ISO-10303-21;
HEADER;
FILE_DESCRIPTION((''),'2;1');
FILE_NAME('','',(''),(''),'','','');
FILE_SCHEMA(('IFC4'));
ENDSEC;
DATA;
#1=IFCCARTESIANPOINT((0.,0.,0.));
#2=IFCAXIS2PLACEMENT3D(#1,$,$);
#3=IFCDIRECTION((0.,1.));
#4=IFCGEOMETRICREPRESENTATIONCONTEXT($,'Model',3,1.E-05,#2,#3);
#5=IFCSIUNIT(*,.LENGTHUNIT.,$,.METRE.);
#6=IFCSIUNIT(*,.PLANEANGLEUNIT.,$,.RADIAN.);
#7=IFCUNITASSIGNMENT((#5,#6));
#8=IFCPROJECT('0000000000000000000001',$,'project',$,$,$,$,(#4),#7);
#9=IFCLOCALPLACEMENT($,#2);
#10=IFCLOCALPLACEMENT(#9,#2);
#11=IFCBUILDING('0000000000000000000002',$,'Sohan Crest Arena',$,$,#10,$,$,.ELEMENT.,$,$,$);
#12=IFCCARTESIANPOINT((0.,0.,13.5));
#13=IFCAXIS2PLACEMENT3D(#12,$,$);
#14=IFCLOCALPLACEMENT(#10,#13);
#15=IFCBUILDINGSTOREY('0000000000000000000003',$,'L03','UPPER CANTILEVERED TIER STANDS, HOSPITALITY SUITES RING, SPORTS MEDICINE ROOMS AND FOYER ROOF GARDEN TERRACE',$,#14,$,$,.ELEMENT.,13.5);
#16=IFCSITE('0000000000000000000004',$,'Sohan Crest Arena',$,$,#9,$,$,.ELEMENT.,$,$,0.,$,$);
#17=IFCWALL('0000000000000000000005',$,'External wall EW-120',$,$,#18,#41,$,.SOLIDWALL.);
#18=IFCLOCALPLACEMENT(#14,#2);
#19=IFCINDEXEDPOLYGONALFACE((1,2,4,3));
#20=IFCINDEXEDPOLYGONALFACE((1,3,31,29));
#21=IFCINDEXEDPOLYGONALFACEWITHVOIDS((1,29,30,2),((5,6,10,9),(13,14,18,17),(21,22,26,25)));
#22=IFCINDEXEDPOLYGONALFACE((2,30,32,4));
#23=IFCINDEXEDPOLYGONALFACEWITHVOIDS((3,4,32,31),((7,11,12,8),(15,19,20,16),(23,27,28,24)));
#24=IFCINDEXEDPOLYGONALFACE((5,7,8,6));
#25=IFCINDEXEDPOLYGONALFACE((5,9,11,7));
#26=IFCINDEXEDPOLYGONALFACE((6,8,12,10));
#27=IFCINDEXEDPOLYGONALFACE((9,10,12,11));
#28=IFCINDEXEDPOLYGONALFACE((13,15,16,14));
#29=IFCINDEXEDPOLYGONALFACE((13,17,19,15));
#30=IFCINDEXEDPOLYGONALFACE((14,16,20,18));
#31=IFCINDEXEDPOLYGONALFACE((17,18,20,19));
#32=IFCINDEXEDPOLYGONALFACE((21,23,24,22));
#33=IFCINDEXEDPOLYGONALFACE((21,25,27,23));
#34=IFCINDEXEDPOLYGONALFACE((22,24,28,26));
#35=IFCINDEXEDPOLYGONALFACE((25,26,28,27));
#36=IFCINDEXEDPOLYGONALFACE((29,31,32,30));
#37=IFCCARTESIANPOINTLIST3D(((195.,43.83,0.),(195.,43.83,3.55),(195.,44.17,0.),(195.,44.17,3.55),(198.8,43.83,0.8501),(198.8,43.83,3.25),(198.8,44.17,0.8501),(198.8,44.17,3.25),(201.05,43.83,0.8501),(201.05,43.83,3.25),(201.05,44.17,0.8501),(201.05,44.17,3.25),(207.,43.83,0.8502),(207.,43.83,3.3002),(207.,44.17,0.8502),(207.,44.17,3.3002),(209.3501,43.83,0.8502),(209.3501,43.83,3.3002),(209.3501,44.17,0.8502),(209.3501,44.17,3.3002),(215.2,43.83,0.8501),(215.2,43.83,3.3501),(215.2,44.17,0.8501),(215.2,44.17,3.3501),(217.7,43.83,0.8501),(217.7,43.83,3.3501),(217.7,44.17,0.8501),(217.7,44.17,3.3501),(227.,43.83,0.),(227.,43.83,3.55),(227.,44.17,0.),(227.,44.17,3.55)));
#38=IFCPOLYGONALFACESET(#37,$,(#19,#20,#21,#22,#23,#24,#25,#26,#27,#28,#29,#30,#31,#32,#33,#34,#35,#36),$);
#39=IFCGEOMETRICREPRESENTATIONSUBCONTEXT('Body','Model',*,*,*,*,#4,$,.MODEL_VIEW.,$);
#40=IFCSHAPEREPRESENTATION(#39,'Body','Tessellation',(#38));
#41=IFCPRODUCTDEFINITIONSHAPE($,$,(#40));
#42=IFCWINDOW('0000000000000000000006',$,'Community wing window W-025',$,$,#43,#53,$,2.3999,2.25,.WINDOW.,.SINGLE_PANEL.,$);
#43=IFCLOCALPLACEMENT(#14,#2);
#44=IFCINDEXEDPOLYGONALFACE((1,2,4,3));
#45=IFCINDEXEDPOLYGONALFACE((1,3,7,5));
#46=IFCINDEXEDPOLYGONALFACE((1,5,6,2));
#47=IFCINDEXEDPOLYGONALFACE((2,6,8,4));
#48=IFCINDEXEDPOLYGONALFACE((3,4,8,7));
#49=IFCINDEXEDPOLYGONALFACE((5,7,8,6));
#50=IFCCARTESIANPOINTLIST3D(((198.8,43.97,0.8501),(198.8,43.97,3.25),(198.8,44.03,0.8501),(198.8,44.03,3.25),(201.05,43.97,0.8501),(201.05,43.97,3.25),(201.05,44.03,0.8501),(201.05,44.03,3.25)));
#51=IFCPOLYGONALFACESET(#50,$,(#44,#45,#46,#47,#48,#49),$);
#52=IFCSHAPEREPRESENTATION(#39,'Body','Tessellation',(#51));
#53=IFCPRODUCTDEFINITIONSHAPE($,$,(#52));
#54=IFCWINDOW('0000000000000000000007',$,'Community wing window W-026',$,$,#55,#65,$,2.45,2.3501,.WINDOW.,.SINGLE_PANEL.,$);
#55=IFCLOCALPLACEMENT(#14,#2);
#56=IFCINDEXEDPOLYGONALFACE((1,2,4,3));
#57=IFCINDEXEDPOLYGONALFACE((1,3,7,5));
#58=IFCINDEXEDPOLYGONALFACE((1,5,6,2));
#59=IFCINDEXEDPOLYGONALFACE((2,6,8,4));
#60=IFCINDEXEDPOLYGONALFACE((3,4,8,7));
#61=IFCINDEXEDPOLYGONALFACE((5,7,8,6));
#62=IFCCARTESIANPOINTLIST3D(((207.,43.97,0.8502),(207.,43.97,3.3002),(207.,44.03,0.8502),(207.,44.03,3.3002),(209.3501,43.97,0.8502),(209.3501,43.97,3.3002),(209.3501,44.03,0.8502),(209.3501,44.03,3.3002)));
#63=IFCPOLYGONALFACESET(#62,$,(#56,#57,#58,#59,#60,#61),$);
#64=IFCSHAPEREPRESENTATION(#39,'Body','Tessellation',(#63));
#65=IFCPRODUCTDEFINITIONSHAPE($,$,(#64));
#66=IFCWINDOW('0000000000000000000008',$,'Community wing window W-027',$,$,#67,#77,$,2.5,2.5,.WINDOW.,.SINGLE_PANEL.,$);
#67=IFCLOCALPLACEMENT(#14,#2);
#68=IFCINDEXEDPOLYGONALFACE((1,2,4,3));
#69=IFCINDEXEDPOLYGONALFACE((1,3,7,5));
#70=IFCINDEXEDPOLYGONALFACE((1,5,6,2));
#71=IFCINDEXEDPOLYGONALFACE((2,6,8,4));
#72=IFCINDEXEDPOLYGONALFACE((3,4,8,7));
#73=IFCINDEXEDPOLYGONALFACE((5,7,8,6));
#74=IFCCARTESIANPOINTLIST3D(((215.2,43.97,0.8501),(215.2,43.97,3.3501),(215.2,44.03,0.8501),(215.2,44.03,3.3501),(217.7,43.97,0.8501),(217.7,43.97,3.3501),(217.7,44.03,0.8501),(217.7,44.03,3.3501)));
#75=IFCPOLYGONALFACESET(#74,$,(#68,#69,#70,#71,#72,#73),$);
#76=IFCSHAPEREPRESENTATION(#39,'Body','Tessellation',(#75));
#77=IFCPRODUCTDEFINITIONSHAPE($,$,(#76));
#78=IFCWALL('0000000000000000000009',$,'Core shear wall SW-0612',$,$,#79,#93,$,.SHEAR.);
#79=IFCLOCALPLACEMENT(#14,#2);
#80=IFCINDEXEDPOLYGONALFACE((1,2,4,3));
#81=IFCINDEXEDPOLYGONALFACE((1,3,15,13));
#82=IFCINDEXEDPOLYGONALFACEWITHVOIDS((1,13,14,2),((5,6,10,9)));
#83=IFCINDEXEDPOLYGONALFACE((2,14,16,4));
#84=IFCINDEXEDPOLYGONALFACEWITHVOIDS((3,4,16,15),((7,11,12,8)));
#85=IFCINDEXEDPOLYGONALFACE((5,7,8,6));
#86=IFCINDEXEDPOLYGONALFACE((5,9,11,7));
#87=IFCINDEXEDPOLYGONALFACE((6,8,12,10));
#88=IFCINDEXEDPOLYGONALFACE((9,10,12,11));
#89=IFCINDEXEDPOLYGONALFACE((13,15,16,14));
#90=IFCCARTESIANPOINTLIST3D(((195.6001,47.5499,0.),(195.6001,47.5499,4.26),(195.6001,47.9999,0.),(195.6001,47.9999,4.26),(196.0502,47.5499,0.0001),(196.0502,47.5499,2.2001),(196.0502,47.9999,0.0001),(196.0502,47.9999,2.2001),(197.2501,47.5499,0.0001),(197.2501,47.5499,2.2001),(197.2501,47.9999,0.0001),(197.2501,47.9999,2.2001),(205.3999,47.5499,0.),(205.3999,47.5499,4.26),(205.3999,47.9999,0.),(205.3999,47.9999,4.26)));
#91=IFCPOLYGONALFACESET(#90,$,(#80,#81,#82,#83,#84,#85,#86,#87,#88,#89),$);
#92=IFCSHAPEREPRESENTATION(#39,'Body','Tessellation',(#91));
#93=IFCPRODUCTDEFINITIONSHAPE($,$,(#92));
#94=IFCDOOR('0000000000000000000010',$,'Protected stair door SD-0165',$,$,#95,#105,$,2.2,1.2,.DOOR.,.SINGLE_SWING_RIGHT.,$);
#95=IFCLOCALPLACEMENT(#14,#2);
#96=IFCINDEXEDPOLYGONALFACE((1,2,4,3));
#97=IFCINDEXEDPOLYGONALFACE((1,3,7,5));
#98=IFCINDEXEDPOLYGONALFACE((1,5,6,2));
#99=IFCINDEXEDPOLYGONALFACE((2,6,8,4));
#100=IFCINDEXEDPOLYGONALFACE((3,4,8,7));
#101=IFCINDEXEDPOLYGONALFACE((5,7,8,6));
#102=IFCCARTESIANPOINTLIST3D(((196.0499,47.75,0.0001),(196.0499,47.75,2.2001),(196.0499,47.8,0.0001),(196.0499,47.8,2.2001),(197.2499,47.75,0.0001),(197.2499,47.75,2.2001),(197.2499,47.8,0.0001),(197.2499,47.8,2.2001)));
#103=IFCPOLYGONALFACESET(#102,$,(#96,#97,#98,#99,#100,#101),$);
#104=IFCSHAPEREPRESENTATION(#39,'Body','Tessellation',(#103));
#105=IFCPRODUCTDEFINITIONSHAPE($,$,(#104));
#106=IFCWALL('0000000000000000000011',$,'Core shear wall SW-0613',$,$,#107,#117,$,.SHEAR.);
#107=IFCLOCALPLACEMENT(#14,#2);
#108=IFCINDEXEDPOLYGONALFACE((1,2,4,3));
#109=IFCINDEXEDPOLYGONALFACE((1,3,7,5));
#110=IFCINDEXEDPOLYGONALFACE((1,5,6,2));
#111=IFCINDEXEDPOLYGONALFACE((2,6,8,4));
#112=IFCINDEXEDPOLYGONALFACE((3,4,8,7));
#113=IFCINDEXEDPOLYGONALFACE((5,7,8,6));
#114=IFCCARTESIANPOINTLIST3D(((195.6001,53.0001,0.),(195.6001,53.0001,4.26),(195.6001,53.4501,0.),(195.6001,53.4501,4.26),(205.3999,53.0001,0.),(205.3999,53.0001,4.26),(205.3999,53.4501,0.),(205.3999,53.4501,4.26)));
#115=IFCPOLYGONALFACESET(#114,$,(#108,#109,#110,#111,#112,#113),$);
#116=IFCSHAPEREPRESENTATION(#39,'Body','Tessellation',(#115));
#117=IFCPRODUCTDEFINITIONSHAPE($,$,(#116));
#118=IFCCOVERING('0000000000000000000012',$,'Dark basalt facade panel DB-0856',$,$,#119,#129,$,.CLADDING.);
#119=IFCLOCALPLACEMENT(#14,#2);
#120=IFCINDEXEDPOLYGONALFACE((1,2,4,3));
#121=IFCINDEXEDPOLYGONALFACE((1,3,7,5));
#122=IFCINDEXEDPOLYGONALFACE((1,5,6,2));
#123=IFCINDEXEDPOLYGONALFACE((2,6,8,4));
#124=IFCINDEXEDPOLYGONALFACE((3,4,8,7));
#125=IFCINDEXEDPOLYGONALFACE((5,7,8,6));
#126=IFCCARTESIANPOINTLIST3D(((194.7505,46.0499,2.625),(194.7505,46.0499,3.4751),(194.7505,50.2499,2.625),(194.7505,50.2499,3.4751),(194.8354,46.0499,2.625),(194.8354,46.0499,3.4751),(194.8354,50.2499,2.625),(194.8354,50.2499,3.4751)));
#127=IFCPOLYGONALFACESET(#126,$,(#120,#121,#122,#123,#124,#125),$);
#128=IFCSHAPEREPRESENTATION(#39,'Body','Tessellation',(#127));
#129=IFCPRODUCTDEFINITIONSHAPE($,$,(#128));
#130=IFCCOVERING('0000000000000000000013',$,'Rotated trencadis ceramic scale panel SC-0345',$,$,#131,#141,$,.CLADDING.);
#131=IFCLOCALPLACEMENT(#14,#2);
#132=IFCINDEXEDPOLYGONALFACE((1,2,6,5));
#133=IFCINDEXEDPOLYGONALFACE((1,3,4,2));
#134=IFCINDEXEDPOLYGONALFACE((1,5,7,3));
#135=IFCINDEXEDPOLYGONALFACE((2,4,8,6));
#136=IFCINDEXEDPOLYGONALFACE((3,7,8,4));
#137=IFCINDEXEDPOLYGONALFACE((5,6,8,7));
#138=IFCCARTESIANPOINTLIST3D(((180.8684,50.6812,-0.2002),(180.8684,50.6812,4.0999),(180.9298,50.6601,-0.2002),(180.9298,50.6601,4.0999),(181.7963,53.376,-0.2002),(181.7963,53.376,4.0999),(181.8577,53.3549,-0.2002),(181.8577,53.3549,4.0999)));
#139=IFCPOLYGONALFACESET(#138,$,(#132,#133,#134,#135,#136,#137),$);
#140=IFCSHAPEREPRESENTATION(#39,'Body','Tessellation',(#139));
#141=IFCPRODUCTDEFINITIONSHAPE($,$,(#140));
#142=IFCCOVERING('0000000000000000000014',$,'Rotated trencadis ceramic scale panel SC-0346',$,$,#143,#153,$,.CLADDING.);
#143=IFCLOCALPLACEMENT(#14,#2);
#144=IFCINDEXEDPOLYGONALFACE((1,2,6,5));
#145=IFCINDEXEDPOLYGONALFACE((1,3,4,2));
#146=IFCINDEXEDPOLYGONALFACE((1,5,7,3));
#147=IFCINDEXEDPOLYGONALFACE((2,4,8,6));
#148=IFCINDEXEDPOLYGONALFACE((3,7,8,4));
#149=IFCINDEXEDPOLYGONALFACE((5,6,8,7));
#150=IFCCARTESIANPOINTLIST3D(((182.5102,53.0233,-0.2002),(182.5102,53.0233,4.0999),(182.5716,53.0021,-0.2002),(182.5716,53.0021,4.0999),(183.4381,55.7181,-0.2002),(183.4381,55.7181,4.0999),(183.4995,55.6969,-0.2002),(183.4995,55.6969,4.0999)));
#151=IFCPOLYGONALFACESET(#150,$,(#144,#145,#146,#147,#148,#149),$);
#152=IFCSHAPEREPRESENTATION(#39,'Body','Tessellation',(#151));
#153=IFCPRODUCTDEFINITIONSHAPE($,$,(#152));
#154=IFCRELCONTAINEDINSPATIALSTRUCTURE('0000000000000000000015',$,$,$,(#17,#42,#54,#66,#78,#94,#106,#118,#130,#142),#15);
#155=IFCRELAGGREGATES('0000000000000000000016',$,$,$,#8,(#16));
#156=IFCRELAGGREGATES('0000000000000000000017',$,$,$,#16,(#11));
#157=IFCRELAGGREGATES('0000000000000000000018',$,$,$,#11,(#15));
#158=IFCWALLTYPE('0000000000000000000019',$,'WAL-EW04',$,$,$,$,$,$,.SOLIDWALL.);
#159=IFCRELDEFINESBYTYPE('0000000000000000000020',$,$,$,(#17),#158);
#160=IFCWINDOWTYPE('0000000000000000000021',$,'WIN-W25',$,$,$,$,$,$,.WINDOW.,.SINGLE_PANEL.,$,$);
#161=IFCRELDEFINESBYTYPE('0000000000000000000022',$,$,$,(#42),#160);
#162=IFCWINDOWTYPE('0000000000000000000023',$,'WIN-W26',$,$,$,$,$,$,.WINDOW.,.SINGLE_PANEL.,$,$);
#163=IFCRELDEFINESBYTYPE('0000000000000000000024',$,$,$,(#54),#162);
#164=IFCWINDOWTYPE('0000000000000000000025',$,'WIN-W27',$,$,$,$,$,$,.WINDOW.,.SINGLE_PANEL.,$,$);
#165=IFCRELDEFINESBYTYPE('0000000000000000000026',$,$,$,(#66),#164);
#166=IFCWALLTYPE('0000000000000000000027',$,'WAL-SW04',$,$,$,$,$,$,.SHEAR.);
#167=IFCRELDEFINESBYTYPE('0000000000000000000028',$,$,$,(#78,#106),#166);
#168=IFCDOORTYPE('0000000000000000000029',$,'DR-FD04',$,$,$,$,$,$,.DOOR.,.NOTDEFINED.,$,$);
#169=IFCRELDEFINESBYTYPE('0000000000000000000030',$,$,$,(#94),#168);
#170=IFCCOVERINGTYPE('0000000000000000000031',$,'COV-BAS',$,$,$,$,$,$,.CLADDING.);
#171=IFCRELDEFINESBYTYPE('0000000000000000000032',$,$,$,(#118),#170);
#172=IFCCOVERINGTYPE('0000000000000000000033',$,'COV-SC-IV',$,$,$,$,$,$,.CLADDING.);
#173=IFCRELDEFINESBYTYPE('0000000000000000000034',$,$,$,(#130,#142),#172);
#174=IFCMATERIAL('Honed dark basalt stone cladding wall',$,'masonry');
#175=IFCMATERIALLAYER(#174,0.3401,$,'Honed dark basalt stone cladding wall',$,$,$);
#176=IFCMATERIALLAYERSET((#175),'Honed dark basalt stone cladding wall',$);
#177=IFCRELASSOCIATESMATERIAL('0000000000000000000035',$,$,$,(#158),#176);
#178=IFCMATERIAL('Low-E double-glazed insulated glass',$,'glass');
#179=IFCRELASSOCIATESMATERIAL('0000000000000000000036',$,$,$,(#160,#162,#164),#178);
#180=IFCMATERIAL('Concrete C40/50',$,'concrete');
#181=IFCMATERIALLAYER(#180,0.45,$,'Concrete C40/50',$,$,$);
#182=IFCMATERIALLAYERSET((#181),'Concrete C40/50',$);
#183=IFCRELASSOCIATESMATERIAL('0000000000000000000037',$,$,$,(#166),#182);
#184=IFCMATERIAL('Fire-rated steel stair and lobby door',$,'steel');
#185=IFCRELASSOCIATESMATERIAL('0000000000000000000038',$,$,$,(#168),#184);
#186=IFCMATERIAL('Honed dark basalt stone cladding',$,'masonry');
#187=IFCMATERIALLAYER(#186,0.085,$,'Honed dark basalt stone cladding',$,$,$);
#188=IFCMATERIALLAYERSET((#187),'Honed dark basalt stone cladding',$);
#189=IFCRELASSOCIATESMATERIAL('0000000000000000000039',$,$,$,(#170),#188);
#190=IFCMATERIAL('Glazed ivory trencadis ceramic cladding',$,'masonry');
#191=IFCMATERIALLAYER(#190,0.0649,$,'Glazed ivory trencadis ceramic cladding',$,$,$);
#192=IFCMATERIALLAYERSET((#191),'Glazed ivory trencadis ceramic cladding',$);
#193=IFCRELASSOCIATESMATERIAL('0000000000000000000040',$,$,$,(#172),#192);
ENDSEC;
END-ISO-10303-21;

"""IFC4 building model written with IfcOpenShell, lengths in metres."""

from ifc_helpers import new_model, si_unit, direction, frame, frame_2d, origin, origin_2d, place, context, subcontext, project, spatial, rectangle, extrude, material, layer, layer_set, type_object, element, fill, save


model = new_model("IFC4")

# Units and contexts
model_context = context("Model", 3, precision=1e-05, world=origin(), true_north=direction((0.0, 1.0)))
body_context = subcontext(model_context, "Body", "Model", "MODEL_VIEW")
ifc_project = project(units=[si_unit("LENGTHUNIT", "METRE"), si_unit("PLANEANGLEUNIT", "RADIAN")], contexts=[model_context])

# Site, building, storey
site_placement = place(None, origin())
site = spatial("IfcSite", under=ifc_project, at=site_placement, Name="Sohan Crest Arena", CompositionType="ELEMENT", RefElevation=0.0)
building_placement = place(site_placement, origin())
building = spatial("IfcBuilding", under=site, at=building_placement, Name="Sohan Crest Arena", CompositionType="ELEMENT")
storey_placement = place(building_placement, frame((0.0, 0.0, 13.5)))
storey = spatial("IfcBuildingStorey", under=building, at=storey_placement, Name="L03", Description="UPPER CANTILEVERED TIER STANDS, HOSPITALITY SUITES RING, SPORTS MEDICINE ROOMS AND FOYER ROOF GARDEN TERRACE", CompositionType="ELEMENT", Elevation=13.5)

# Shared definitions
ifc_material_1 = material(Name="Low-E double-glazed insulated glass", Category="glass")

# Wall, openings, windows
ifc_material_2 = material(Name="Honed dark basalt stone cladding wall", Category="masonry")
ifc_layer_1 = layer(ifc_material_2, 0.3401, Name="Honed dark basalt stone cladding wall")
ifc_layer_set_1 = layer_set([ifc_layer_1], Name="Honed dark basalt stone cladding wall")
wall_type_1 = type_object("IfcWallType", Name="WAL-EW04", PredefinedType="SOLIDWALL", material=ifc_layer_set_1)
wall_1_placement = place(storey_placement, frame((195.0, 44.0, 0.0), z_axis=(0.0, 0.0, 1.0), x_axis=(1.0, 0.0, 0.0)))
wall_1 = element("IfcWall", 1, at=wall_1_placement, inside=storey, type_object=wall_type_1, Name="External wall EW-120", PredefinedType="SOLIDWALL", context=body_context, shape_type="SweptSolid", body=[
    extrude(rectangle(XDim=32.0, YDim=0.3401, at=frame_2d((16.0, 0.0))), origin(), (0.0, 0.0, 1.0), 3.55),
])
opening_1_placement = place(wall_1_placement, frame((3.8, 0.0, 0.8501)))
opening_1 = element("IfcOpeningElement", 2, at=opening_1_placement, cuts=wall_1, PredefinedType="OPENING", context=body_context, shape_type="SweptSolid", body=[
    extrude(rectangle(XDim=2.25, YDim=2.3999, at=frame_2d((1.125, 1.2))), frame((0.0, 0.1799, 0.0), z_axis=(0.0, -1.0, 0.0), x_axis=(1.0, 0.0, 0.0)), (0.0, 0.0, 1.0), 0.3601),
])
opening_2_placement = place(wall_1_placement, frame((12.0, 0.0, 0.8501)))
opening_2 = element("IfcOpeningElement", 3, at=opening_2_placement, cuts=wall_1, PredefinedType="OPENING", context=body_context, shape_type="SweptSolid", body=[
    extrude(rectangle(XDim=2.3501, YDim=2.45, at=frame_2d((1.175, 1.2251))), frame((0.0, 0.1799, 0.0), z_axis=(0.0, -1.0, 0.0), x_axis=(1.0, 0.0, 0.0)), (0.0, 0.0, 1.0), 0.3601),
])
opening_3_placement = place(wall_1_placement, frame((20.2, 0.0, 0.8501)))
opening_3 = element("IfcOpeningElement", 4, at=opening_3_placement, cuts=wall_1, PredefinedType="OPENING", context=body_context, shape_type="SweptSolid", body=[
    extrude(rectangle(XDim=2.5, YDim=2.5, at=frame_2d((1.25, 1.25))), frame((0.0, 0.1799, 0.0), z_axis=(0.0, -1.0, 0.0), x_axis=(1.0, 0.0, 0.0)), (0.0, 0.0, 1.0), 0.3601),
])
window_type_1 = type_object("IfcWindowType", Name="WIN-W25", PartitioningType="SINGLE_PANEL", PredefinedType="WINDOW", material=ifc_material_1)
window_1_placement = place(opening_1_placement, origin())
window_1 = element("IfcWindow", 5, at=window_1_placement, inside=storey, type_object=window_type_1, Name="Community wing window W-025", OverallHeight=2.3999, OverallWidth=2.25, PartitioningType="SINGLE_PANEL", PredefinedType="WINDOW", context=body_context, shape_type="SweptSolid", body=[
    extrude(rectangle(XDim=2.25, YDim=2.3999, at=frame_2d((1.125, 1.2))), frame((0.0, 0.03, 0.0), z_axis=(0.0, -1.0, 0.0), x_axis=(1.0, 0.0, 0.0)), (0.0, 0.0, 1.0), 0.0601),
])
fill(opening_1, window_1)
window_type_2 = type_object("IfcWindowType", Name="WIN-W26", PartitioningType="SINGLE_PANEL", PredefinedType="WINDOW", material=ifc_material_1)
window_2_placement = place(opening_2_placement, origin())
window_2 = element("IfcWindow", 6, at=window_2_placement, inside=storey, type_object=window_type_2, Name="Community wing window W-026", OverallHeight=2.45, OverallWidth=2.3501, PartitioningType="SINGLE_PANEL", PredefinedType="WINDOW", context=body_context, shape_type="SweptSolid", body=[
    extrude(rectangle(XDim=2.3501, YDim=2.45, at=frame_2d((1.175, 1.2251))), frame((0.0, 0.03, 0.0), z_axis=(0.0, -1.0, 0.0), x_axis=(1.0, 0.0, 0.0)), (0.0, 0.0, 1.0), 0.0601),
])
fill(opening_2, window_2)
window_type_3 = type_object("IfcWindowType", Name="WIN-W27", PartitioningType="SINGLE_PANEL", PredefinedType="WINDOW", material=ifc_material_1)
window_3_placement = place(opening_3_placement, origin())
window_3 = element("IfcWindow", 7, at=window_3_placement, inside=storey, type_object=window_type_3, Name="Community wing window W-027", OverallHeight=2.5, OverallWidth=2.5, PartitioningType="SINGLE_PANEL", PredefinedType="WINDOW", context=body_context, shape_type="SweptSolid", body=[
    extrude(rectangle(XDim=2.5, YDim=2.5, at=frame_2d((1.25, 1.25))), frame((0.0, 0.03, 0.0), z_axis=(0.0, -1.0, 0.0), x_axis=(1.0, 0.0, 0.0)), (0.0, 0.0, 1.0), 0.0601),
])
fill(opening_3, window_3)

# Wall, opening, door
ifc_material_3 = material(Name="Concrete C40/50", Category="concrete")
ifc_layer_2 = layer(ifc_material_3, 0.45, Name="Concrete C40/50")
ifc_layer_set_2 = layer_set([ifc_layer_2], Name="Concrete C40/50")
wall_type_2 = type_object("IfcWallType", Name="WAL-SW04", PredefinedType="SHEAR", material=ifc_layer_set_2)
wall_2_placement = place(storey_placement, frame((195.6001, 47.7749, 0.0), z_axis=(0.0, 0.0, 1.0), x_axis=(1.0, 0.0, 0.0)))
wall_2 = element("IfcWall", 8, at=wall_2_placement, inside=storey, type_object=wall_type_2, Name="Core shear wall SW-0612", PredefinedType="SHEAR", context=body_context, shape_type="SweptSolid", body=[
    extrude(rectangle(XDim=9.7998, YDim=0.45, at=frame_2d((4.8999, 0.0))), origin(), (0.0, 0.0, 1.0), 4.26),
])
opening_4_placement = place(wall_2_placement, frame((0.45, 0.0, 0.0)))
opening_4 = element("IfcOpeningElement", 9, at=opening_4_placement, cuts=wall_2, PredefinedType="OPENING", context=body_context, shape_type="SweptSolid", body=[
    extrude(rectangle(XDim=1.2, YDim=2.2, at=frame_2d((0.6001, 1.1001))), frame((0.0, 0.2349, 0.0), z_axis=(0.0, -1.0, 0.0), x_axis=(1.0, 0.0, 0.0)), (0.0, 0.0, 1.0), 0.47),
])
ifc_material_4 = material(Name="Fire-rated steel stair and lobby door", Category="steel")
door_type = type_object("IfcDoorType", Name="DR-FD04", OperationType="NOTDEFINED", PredefinedType="DOOR", material=ifc_material_4)
door_placement = place(opening_4_placement, frame((1.2, 0.0, 0.0), z_axis=(0.0, 0.0, 1.0), x_axis=(-1.0, 0.0, 0.0)))
door = element("IfcDoor", 10, at=door_placement, inside=storey, type_object=door_type, Name="Protected stair door SD-0165", OperationType="SINGLE_SWING_RIGHT", OverallHeight=2.2, OverallWidth=1.2, PredefinedType="DOOR", context=body_context, shape_type="SweptSolid", body=[
    extrude(rectangle(XDim=1.2, YDim=2.2, at=frame_2d((0.6001, 1.1001))), frame((0.0, 0.0249, 0.0), z_axis=(0.0, -1.0, 0.0), x_axis=(1.0, 0.0, 0.0)), (0.0, 0.0, 1.0), 0.05),
])
fill(opening_4, door)

# Wall
wall_3_placement = place(storey_placement, frame((195.6001, 53.2251, 0.0), z_axis=(0.0, 0.0, 1.0), x_axis=(1.0, 0.0, 0.0)))
element("IfcWall", 11, at=wall_3_placement, inside=storey, type_object=wall_type_2, Name="Core shear wall SW-0613", PredefinedType="SHEAR", context=body_context, shape_type="SweptSolid", body=[
    extrude(rectangle(XDim=9.7998, YDim=0.45, at=frame_2d((4.8999, 0.0))), origin(), (0.0, 0.0, 1.0), 4.26),
])

# Coverings
ifc_material_5 = material(Name="Honed dark basalt stone cladding", Category="masonry")
ifc_layer_3 = layer(ifc_material_5, 0.085, Name="Honed dark basalt stone cladding")
ifc_layer_set_3 = layer_set([ifc_layer_3], Name="Honed dark basalt stone cladding")
covering_type_1 = type_object("IfcCoveringType", Name="COV-BAS", PredefinedType="CLADDING", material=ifc_layer_set_3)
covering_placement = place(storey_placement, frame((194.793, 48.1499, 2.625), z_axis=(0.0, 0.0, 1.0), x_axis=(0.0, -1.0, 0.0)))
element("IfcCovering", 12, at=covering_placement, inside=storey, type_object=covering_type_1, Name="Dark basalt facade panel DB-0856", PredefinedType="CLADDING", context=body_context, shape_type="SweptSolid", body=[
    extrude(rectangle(XDim=4.2, YDim=0.085, at=origin_2d()), origin(), (0.0, 0.0, 1.0), 0.8501),
])
ifc_material_6 = material(Name="Glazed ivory trencadis ceramic cladding", Category="masonry")
ifc_layer_4 = layer(ifc_material_6, 0.0649, Name="Glazed ivory trencadis ceramic cladding")
ifc_layer_set_4 = layer_set([ifc_layer_4], Name="Glazed ivory trencadis ceramic cladding")
covering_type_2 = type_object("IfcCoveringType", Name="COV-SC-IV", PredefinedType="CLADDING", material=ifc_layer_set_4)
for number, where, z_axis, x_axis, name in (
    (13, (181.363, 52.0181, -0.2002), (0.0, 0.0, 1.0), (0.325568, 0.945519, 0.0), "Rotated trencadis ceramic scale panel SC-0345"),
    (14, (183.0049, 54.3601, -0.2002), (0.0, 0.0, 1.0), (0.325568, 0.945519, 0.0), "Rotated trencadis ceramic scale panel SC-0346"),
):
    element("IfcCovering", number, at=place(storey_placement, frame(where, z_axis=z_axis, x_axis=x_axis)), inside=storey, type_object=covering_type_2, Name=name, PredefinedType="CLADDING", context=body_context, shape_type="SweptSolid", body=[
        extrude(rectangle(XDim=2.8501, YDim=0.0649, at=origin_2d()), origin(), (0.0, 0.0, 1.0), 4.3),
    ])

save(model, "model.ifc")
